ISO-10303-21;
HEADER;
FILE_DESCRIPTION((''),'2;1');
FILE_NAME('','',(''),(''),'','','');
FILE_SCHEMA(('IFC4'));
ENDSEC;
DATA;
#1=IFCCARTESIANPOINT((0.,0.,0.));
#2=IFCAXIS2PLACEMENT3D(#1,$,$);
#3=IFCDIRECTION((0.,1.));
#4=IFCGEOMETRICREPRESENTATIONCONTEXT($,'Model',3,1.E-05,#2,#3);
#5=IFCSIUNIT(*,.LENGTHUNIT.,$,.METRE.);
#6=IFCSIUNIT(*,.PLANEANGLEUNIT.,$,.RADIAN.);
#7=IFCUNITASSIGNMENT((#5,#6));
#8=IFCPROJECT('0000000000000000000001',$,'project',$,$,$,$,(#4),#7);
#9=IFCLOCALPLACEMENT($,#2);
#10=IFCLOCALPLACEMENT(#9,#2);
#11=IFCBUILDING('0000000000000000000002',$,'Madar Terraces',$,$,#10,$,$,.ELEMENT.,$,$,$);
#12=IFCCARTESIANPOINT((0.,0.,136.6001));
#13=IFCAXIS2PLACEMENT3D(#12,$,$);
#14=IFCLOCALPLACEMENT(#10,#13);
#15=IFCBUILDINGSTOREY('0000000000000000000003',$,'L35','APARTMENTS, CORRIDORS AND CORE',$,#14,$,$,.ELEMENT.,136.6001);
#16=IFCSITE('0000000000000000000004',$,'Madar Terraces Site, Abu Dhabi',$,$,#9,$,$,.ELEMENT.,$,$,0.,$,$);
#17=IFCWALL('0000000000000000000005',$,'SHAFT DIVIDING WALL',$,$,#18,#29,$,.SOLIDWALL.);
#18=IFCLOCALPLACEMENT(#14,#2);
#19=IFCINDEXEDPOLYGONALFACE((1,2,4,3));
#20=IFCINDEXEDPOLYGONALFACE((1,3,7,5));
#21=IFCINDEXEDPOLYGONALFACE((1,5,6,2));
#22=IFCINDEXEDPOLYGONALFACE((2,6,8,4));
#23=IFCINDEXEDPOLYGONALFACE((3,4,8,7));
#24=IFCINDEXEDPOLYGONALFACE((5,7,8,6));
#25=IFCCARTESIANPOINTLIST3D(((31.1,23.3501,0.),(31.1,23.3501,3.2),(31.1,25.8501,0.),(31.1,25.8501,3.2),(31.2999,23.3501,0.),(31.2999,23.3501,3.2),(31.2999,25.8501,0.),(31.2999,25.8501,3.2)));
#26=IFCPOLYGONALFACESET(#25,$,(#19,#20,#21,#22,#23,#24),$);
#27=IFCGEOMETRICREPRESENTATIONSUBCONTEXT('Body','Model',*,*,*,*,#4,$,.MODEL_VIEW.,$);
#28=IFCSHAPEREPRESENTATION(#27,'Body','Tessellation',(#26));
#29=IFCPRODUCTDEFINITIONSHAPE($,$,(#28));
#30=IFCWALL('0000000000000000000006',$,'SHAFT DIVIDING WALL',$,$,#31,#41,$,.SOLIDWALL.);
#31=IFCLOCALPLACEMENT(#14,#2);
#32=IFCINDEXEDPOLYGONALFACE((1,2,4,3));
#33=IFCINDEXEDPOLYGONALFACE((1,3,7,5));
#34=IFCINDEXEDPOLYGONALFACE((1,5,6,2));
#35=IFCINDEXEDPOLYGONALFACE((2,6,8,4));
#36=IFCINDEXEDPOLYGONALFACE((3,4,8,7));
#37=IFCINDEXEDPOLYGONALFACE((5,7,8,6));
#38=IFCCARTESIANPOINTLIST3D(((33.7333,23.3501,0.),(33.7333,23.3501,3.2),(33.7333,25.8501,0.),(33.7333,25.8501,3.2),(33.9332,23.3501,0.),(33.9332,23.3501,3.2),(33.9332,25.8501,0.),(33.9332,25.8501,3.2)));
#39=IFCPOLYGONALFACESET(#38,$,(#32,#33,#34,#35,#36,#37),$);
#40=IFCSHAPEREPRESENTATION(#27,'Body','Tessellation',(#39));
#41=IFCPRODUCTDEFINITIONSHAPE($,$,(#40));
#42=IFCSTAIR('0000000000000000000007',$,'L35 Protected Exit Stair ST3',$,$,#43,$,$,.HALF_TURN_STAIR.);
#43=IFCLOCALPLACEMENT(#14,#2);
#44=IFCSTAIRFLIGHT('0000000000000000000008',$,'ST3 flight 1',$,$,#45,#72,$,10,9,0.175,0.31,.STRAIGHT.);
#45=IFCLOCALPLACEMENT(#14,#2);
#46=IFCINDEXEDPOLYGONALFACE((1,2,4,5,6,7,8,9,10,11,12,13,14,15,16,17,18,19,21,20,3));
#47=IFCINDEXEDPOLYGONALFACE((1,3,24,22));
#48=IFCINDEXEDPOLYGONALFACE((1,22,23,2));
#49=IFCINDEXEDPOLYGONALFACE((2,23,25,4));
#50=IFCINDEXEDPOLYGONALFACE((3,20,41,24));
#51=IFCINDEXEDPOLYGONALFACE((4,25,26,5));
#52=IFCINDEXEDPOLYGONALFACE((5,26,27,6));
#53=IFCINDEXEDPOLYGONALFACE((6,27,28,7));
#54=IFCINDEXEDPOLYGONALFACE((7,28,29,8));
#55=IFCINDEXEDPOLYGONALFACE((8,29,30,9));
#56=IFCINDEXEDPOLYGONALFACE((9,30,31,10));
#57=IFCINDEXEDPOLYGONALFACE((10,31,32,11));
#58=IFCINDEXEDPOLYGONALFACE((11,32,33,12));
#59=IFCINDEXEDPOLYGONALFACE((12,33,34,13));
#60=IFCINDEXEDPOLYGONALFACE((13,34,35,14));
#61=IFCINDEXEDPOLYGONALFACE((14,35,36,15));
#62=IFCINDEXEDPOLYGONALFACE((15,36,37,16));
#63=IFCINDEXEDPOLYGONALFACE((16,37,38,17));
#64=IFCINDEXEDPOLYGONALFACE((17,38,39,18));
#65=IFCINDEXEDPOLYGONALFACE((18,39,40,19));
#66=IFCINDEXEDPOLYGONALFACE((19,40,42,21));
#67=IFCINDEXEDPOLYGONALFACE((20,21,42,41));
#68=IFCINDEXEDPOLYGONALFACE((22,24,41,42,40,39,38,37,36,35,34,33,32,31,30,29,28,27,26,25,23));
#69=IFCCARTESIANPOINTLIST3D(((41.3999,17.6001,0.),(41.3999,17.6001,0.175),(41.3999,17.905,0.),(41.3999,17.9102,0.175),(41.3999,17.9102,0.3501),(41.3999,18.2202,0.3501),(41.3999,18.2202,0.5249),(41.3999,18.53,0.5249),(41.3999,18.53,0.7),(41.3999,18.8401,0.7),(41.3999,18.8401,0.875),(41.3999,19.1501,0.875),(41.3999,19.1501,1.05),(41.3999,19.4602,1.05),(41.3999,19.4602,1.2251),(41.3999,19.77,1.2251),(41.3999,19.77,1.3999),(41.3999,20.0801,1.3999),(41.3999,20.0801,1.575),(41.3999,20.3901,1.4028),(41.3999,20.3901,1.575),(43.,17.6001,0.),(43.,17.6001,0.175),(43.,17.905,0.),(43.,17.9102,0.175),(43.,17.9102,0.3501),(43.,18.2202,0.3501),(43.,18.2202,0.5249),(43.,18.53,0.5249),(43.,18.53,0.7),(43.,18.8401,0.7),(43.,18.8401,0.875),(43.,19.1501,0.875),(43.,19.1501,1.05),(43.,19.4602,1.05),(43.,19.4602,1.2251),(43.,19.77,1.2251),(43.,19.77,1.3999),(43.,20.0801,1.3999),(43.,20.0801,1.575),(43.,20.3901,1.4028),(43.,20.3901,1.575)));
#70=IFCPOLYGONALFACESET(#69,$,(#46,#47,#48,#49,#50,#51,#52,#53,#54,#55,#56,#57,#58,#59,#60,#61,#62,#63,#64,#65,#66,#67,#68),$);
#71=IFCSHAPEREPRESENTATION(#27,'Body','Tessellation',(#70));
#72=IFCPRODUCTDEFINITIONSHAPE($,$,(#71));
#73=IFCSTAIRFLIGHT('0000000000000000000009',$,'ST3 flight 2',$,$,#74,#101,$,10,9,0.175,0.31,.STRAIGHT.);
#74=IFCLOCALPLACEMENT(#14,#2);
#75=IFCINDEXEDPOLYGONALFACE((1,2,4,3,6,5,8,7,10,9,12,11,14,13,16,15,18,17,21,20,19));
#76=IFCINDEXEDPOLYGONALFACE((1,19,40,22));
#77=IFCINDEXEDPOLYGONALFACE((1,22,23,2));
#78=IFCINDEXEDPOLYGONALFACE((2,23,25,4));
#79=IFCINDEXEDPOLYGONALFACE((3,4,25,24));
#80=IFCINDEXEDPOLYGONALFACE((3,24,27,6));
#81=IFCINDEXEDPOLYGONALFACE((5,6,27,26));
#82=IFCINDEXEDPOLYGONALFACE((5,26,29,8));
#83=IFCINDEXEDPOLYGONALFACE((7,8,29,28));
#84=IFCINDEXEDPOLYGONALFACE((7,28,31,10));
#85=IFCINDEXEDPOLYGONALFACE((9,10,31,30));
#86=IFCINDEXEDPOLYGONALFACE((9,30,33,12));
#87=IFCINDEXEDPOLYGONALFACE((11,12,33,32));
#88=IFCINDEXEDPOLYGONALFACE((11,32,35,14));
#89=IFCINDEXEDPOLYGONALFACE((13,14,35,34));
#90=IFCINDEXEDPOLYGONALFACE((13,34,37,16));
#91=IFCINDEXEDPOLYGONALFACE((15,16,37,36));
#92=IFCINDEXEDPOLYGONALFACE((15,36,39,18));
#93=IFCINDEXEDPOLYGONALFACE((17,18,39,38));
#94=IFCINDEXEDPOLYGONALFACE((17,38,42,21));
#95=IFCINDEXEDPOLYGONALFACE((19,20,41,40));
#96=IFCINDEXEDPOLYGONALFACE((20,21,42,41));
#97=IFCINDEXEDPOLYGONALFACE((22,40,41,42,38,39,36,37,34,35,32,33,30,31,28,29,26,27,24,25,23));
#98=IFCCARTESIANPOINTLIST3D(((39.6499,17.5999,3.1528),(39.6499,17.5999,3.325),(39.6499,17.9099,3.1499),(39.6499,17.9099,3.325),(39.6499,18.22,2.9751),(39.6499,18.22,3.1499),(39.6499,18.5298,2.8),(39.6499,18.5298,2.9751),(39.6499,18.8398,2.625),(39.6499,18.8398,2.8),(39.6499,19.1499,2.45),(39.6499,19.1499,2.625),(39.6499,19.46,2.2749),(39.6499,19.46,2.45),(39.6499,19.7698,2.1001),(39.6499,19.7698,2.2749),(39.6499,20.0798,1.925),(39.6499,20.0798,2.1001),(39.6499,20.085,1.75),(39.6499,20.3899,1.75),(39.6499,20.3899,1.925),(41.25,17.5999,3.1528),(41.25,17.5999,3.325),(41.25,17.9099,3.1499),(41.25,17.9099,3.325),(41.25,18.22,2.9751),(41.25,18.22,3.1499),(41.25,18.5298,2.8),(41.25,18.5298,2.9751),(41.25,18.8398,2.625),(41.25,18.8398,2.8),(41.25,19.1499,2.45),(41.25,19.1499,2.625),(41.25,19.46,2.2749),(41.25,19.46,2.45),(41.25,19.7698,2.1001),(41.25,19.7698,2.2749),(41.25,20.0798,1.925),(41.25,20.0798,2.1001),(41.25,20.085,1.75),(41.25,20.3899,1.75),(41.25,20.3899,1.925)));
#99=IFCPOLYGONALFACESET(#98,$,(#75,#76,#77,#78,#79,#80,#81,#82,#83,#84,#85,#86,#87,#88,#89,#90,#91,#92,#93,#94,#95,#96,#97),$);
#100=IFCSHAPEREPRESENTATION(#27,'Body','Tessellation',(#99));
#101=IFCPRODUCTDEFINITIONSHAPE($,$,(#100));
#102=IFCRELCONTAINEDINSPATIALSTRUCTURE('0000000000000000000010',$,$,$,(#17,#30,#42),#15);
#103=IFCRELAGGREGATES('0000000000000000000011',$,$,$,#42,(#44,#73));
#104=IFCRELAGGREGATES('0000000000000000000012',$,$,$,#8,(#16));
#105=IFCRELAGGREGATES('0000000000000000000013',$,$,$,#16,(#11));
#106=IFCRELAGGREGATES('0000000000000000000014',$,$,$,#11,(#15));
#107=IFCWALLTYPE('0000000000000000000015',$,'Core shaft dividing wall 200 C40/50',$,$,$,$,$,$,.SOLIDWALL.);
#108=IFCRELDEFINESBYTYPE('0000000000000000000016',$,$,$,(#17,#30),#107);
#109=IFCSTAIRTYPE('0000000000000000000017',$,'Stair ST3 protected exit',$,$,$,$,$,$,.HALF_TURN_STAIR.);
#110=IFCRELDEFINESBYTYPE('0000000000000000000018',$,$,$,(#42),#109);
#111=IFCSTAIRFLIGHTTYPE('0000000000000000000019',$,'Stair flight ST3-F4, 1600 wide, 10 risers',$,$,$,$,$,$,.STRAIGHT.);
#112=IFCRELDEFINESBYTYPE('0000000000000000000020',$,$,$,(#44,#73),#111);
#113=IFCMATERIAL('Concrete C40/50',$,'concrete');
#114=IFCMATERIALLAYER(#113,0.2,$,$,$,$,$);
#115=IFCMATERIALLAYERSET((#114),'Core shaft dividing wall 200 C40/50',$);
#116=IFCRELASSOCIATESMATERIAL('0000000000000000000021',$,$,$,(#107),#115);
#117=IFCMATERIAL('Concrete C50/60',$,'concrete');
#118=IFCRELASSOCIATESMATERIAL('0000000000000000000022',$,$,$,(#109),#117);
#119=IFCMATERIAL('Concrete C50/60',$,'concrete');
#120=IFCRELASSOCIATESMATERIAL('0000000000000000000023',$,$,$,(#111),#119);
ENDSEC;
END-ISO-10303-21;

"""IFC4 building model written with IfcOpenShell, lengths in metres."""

from ifc_helpers import new_model, si_unit, direction, frame, frame_2d, origin, place, context, subcontext, project, spatial, polyline, rectangle, outline, extrude, material, layer, layer_set, type_object, element, aggregate, save


model = new_model("IFC4")

# Units and contexts
model_context = context("Model", 3, precision=1e-05, world=origin(), true_north=direction((0.0, 1.0)))
body_context = subcontext(model_context, "Body", "Model", "MODEL_VIEW")
ifc_project = project(units=[si_unit("LENGTHUNIT", "METRE"), si_unit("PLANEANGLEUNIT", "RADIAN")], contexts=[model_context])

# Site, building, storey
site_placement = place(None, origin())
site = spatial("IfcSite", under=ifc_project, at=site_placement, Name="Madar Terraces Site, Abu Dhabi", CompositionType="ELEMENT", RefElevation=0.0)
building_placement = place(site_placement, origin())
building = spatial("IfcBuilding", under=site, at=building_placement, Name="Madar Terraces", CompositionType="ELEMENT")
storey_placement = place(building_placement, frame((0.0, 0.0, 136.6001)))
storey = spatial("IfcBuildingStorey", under=building, at=storey_placement, Name="L35", Description="APARTMENTS, CORRIDORS AND CORE", CompositionType="ELEMENT", Elevation=136.6001)

# Walls
ifc_material_1 = material(Name="Concrete C40/50", Category="concrete")
ifc_layer_1 = layer(ifc_material_1, 0.2)
ifc_layer_set_1 = layer_set([ifc_layer_1], Name="Core shaft dividing wall 200 C40/50")
wall_type_1 = type_object("IfcWallType", Name="Core shaft dividing wall 200 C40/50", PredefinedType="SOLIDWALL", material=ifc_layer_set_1)
for number, where, z_axis, x_axis, name in (
    (1, (31.2, 23.3501, 0.0), (0.0, 0.0, 1.0), (0.0, 1.0, 0.0), "SHAFT DIVIDING WALL"),
    (2, (33.8333, 23.3501, 0.0), (0.0, 0.0, 1.0), (0.0, 1.0, 0.0), "SHAFT DIVIDING WALL"),
):
    element("IfcWall", number, at=place(storey_placement, frame(where, z_axis=z_axis, x_axis=x_axis)), inside=storey, type_object=wall_type_1, Name=name, PredefinedType="SOLIDWALL", context=body_context, shape_type="SweptSolid", body=[
        extrude(rectangle(XDim=2.5, YDim=0.2, at=frame_2d((1.25, 0.0))), origin(), (0.0, 0.0, 1.0), 3.2),
    ])

# Stair, stair flights
ifc_material_2 = material(Name="Concrete C50/60", Category="concrete")
stair_type = type_object("IfcStairType", Name="Stair ST3 protected exit", PredefinedType="HALF_TURN_STAIR", material=ifc_material_2)
stair_placement = place(storey_placement, origin())
stair = element("IfcStair", 3, at=stair_placement, inside=storey, type_object=stair_type, Name="L35 Protected Exit Stair ST3", PredefinedType="HALF_TURN_STAIR")
ifc_material_3 = material(Name="Concrete C50/60", Category="concrete")
stair_flight_type = type_object("IfcStairFlightType", Name="Stair flight ST3-F4, 1600 wide, 10 risers", PredefinedType="STRAIGHT", material=ifc_material_3)
stair_flight_1_placement = place(storey_placement, frame((42.2, 17.6001, 0.0), z_axis=(0.0, 0.0, 1.0), x_axis=(0.0, 1.0, 0.0)))
stair_flight_1 = element("IfcStairFlight", 4, at=stair_flight_1_placement, type_object=stair_flight_type, Name="ST3 flight 1", NumberOfRisers=10, NumberOfTreads=9, PredefinedType="STRAIGHT", RiserHeight=0.175, TreadLength=0.31, context=body_context, shape_type="SweptSolid", body=[
    extrude(outline(polyline([(0.0, 0.0), (0.0, 0.175), (0.3101, 0.175), (0.3101, 0.3501), (0.6201, 0.3501), (0.6201, 0.5249), (0.9299, 0.5249), (0.9299, 0.7), (1.24, 0.7), (1.24, 0.875), (1.55, 0.875), (1.55, 1.05), (1.8601, 1.05), (1.8601, 1.2251), (2.1699, 1.2251), (2.1699, 1.3999), (2.48, 1.3999), (2.48, 1.575), (2.79, 1.575), (2.79, 1.75), (2.79, 1.4028), (0.3049, 0.0), (0.0, 0.0)])), frame((0.0, 0.8, 0.0), z_axis=(0.0, -1.0, 0.0), x_axis=(1.0, 0.0, 0.0)), (0.0, 0.0, 1.0), 1.6001),
])
stair_flight_2_placement = place(storey_placement, frame((40.45, 20.3899, 1.75), z_axis=(0.0, 0.0, 1.0), x_axis=(0.0, -1.0, 0.0)))
stair_flight_2 = element("IfcStairFlight", 5, at=stair_flight_2_placement, type_object=stair_flight_type, Name="ST3 flight 2", NumberOfRisers=10, NumberOfTreads=9, PredefinedType="STRAIGHT", RiserHeight=0.175, TreadLength=0.31, context=body_context, shape_type="SweptSolid", body=[
    extrude(outline(polyline([(0.0, 0.0), (0.0, 0.175), (0.3101, 0.175), (0.3101, 0.3501), (0.6201, 0.3501), (0.6201, 0.5249), (0.9299, 0.5249), (0.9299, 0.7), (1.24, 0.7), (1.24, 0.875), (1.55, 0.875), (1.55, 1.05), (1.8601, 1.05), (1.8601, 1.2251), (2.1699, 1.2251), (2.1699, 1.3999), (2.48, 1.3999), (2.48, 1.575), (2.79, 1.575), (2.79, 1.75), (2.79, 1.4028), (0.3049, 0.0), (0.0, 0.0)])), frame((0.0, 0.8, 0.0), z_axis=(0.0, -1.0, 0.0), x_axis=(1.0, 0.0, 0.0)), (0.0, 0.0, 1.0), 1.6001),
])
aggregate(stair, [stair_flight_1, stair_flight_2])

save(model, "model.ifc")
